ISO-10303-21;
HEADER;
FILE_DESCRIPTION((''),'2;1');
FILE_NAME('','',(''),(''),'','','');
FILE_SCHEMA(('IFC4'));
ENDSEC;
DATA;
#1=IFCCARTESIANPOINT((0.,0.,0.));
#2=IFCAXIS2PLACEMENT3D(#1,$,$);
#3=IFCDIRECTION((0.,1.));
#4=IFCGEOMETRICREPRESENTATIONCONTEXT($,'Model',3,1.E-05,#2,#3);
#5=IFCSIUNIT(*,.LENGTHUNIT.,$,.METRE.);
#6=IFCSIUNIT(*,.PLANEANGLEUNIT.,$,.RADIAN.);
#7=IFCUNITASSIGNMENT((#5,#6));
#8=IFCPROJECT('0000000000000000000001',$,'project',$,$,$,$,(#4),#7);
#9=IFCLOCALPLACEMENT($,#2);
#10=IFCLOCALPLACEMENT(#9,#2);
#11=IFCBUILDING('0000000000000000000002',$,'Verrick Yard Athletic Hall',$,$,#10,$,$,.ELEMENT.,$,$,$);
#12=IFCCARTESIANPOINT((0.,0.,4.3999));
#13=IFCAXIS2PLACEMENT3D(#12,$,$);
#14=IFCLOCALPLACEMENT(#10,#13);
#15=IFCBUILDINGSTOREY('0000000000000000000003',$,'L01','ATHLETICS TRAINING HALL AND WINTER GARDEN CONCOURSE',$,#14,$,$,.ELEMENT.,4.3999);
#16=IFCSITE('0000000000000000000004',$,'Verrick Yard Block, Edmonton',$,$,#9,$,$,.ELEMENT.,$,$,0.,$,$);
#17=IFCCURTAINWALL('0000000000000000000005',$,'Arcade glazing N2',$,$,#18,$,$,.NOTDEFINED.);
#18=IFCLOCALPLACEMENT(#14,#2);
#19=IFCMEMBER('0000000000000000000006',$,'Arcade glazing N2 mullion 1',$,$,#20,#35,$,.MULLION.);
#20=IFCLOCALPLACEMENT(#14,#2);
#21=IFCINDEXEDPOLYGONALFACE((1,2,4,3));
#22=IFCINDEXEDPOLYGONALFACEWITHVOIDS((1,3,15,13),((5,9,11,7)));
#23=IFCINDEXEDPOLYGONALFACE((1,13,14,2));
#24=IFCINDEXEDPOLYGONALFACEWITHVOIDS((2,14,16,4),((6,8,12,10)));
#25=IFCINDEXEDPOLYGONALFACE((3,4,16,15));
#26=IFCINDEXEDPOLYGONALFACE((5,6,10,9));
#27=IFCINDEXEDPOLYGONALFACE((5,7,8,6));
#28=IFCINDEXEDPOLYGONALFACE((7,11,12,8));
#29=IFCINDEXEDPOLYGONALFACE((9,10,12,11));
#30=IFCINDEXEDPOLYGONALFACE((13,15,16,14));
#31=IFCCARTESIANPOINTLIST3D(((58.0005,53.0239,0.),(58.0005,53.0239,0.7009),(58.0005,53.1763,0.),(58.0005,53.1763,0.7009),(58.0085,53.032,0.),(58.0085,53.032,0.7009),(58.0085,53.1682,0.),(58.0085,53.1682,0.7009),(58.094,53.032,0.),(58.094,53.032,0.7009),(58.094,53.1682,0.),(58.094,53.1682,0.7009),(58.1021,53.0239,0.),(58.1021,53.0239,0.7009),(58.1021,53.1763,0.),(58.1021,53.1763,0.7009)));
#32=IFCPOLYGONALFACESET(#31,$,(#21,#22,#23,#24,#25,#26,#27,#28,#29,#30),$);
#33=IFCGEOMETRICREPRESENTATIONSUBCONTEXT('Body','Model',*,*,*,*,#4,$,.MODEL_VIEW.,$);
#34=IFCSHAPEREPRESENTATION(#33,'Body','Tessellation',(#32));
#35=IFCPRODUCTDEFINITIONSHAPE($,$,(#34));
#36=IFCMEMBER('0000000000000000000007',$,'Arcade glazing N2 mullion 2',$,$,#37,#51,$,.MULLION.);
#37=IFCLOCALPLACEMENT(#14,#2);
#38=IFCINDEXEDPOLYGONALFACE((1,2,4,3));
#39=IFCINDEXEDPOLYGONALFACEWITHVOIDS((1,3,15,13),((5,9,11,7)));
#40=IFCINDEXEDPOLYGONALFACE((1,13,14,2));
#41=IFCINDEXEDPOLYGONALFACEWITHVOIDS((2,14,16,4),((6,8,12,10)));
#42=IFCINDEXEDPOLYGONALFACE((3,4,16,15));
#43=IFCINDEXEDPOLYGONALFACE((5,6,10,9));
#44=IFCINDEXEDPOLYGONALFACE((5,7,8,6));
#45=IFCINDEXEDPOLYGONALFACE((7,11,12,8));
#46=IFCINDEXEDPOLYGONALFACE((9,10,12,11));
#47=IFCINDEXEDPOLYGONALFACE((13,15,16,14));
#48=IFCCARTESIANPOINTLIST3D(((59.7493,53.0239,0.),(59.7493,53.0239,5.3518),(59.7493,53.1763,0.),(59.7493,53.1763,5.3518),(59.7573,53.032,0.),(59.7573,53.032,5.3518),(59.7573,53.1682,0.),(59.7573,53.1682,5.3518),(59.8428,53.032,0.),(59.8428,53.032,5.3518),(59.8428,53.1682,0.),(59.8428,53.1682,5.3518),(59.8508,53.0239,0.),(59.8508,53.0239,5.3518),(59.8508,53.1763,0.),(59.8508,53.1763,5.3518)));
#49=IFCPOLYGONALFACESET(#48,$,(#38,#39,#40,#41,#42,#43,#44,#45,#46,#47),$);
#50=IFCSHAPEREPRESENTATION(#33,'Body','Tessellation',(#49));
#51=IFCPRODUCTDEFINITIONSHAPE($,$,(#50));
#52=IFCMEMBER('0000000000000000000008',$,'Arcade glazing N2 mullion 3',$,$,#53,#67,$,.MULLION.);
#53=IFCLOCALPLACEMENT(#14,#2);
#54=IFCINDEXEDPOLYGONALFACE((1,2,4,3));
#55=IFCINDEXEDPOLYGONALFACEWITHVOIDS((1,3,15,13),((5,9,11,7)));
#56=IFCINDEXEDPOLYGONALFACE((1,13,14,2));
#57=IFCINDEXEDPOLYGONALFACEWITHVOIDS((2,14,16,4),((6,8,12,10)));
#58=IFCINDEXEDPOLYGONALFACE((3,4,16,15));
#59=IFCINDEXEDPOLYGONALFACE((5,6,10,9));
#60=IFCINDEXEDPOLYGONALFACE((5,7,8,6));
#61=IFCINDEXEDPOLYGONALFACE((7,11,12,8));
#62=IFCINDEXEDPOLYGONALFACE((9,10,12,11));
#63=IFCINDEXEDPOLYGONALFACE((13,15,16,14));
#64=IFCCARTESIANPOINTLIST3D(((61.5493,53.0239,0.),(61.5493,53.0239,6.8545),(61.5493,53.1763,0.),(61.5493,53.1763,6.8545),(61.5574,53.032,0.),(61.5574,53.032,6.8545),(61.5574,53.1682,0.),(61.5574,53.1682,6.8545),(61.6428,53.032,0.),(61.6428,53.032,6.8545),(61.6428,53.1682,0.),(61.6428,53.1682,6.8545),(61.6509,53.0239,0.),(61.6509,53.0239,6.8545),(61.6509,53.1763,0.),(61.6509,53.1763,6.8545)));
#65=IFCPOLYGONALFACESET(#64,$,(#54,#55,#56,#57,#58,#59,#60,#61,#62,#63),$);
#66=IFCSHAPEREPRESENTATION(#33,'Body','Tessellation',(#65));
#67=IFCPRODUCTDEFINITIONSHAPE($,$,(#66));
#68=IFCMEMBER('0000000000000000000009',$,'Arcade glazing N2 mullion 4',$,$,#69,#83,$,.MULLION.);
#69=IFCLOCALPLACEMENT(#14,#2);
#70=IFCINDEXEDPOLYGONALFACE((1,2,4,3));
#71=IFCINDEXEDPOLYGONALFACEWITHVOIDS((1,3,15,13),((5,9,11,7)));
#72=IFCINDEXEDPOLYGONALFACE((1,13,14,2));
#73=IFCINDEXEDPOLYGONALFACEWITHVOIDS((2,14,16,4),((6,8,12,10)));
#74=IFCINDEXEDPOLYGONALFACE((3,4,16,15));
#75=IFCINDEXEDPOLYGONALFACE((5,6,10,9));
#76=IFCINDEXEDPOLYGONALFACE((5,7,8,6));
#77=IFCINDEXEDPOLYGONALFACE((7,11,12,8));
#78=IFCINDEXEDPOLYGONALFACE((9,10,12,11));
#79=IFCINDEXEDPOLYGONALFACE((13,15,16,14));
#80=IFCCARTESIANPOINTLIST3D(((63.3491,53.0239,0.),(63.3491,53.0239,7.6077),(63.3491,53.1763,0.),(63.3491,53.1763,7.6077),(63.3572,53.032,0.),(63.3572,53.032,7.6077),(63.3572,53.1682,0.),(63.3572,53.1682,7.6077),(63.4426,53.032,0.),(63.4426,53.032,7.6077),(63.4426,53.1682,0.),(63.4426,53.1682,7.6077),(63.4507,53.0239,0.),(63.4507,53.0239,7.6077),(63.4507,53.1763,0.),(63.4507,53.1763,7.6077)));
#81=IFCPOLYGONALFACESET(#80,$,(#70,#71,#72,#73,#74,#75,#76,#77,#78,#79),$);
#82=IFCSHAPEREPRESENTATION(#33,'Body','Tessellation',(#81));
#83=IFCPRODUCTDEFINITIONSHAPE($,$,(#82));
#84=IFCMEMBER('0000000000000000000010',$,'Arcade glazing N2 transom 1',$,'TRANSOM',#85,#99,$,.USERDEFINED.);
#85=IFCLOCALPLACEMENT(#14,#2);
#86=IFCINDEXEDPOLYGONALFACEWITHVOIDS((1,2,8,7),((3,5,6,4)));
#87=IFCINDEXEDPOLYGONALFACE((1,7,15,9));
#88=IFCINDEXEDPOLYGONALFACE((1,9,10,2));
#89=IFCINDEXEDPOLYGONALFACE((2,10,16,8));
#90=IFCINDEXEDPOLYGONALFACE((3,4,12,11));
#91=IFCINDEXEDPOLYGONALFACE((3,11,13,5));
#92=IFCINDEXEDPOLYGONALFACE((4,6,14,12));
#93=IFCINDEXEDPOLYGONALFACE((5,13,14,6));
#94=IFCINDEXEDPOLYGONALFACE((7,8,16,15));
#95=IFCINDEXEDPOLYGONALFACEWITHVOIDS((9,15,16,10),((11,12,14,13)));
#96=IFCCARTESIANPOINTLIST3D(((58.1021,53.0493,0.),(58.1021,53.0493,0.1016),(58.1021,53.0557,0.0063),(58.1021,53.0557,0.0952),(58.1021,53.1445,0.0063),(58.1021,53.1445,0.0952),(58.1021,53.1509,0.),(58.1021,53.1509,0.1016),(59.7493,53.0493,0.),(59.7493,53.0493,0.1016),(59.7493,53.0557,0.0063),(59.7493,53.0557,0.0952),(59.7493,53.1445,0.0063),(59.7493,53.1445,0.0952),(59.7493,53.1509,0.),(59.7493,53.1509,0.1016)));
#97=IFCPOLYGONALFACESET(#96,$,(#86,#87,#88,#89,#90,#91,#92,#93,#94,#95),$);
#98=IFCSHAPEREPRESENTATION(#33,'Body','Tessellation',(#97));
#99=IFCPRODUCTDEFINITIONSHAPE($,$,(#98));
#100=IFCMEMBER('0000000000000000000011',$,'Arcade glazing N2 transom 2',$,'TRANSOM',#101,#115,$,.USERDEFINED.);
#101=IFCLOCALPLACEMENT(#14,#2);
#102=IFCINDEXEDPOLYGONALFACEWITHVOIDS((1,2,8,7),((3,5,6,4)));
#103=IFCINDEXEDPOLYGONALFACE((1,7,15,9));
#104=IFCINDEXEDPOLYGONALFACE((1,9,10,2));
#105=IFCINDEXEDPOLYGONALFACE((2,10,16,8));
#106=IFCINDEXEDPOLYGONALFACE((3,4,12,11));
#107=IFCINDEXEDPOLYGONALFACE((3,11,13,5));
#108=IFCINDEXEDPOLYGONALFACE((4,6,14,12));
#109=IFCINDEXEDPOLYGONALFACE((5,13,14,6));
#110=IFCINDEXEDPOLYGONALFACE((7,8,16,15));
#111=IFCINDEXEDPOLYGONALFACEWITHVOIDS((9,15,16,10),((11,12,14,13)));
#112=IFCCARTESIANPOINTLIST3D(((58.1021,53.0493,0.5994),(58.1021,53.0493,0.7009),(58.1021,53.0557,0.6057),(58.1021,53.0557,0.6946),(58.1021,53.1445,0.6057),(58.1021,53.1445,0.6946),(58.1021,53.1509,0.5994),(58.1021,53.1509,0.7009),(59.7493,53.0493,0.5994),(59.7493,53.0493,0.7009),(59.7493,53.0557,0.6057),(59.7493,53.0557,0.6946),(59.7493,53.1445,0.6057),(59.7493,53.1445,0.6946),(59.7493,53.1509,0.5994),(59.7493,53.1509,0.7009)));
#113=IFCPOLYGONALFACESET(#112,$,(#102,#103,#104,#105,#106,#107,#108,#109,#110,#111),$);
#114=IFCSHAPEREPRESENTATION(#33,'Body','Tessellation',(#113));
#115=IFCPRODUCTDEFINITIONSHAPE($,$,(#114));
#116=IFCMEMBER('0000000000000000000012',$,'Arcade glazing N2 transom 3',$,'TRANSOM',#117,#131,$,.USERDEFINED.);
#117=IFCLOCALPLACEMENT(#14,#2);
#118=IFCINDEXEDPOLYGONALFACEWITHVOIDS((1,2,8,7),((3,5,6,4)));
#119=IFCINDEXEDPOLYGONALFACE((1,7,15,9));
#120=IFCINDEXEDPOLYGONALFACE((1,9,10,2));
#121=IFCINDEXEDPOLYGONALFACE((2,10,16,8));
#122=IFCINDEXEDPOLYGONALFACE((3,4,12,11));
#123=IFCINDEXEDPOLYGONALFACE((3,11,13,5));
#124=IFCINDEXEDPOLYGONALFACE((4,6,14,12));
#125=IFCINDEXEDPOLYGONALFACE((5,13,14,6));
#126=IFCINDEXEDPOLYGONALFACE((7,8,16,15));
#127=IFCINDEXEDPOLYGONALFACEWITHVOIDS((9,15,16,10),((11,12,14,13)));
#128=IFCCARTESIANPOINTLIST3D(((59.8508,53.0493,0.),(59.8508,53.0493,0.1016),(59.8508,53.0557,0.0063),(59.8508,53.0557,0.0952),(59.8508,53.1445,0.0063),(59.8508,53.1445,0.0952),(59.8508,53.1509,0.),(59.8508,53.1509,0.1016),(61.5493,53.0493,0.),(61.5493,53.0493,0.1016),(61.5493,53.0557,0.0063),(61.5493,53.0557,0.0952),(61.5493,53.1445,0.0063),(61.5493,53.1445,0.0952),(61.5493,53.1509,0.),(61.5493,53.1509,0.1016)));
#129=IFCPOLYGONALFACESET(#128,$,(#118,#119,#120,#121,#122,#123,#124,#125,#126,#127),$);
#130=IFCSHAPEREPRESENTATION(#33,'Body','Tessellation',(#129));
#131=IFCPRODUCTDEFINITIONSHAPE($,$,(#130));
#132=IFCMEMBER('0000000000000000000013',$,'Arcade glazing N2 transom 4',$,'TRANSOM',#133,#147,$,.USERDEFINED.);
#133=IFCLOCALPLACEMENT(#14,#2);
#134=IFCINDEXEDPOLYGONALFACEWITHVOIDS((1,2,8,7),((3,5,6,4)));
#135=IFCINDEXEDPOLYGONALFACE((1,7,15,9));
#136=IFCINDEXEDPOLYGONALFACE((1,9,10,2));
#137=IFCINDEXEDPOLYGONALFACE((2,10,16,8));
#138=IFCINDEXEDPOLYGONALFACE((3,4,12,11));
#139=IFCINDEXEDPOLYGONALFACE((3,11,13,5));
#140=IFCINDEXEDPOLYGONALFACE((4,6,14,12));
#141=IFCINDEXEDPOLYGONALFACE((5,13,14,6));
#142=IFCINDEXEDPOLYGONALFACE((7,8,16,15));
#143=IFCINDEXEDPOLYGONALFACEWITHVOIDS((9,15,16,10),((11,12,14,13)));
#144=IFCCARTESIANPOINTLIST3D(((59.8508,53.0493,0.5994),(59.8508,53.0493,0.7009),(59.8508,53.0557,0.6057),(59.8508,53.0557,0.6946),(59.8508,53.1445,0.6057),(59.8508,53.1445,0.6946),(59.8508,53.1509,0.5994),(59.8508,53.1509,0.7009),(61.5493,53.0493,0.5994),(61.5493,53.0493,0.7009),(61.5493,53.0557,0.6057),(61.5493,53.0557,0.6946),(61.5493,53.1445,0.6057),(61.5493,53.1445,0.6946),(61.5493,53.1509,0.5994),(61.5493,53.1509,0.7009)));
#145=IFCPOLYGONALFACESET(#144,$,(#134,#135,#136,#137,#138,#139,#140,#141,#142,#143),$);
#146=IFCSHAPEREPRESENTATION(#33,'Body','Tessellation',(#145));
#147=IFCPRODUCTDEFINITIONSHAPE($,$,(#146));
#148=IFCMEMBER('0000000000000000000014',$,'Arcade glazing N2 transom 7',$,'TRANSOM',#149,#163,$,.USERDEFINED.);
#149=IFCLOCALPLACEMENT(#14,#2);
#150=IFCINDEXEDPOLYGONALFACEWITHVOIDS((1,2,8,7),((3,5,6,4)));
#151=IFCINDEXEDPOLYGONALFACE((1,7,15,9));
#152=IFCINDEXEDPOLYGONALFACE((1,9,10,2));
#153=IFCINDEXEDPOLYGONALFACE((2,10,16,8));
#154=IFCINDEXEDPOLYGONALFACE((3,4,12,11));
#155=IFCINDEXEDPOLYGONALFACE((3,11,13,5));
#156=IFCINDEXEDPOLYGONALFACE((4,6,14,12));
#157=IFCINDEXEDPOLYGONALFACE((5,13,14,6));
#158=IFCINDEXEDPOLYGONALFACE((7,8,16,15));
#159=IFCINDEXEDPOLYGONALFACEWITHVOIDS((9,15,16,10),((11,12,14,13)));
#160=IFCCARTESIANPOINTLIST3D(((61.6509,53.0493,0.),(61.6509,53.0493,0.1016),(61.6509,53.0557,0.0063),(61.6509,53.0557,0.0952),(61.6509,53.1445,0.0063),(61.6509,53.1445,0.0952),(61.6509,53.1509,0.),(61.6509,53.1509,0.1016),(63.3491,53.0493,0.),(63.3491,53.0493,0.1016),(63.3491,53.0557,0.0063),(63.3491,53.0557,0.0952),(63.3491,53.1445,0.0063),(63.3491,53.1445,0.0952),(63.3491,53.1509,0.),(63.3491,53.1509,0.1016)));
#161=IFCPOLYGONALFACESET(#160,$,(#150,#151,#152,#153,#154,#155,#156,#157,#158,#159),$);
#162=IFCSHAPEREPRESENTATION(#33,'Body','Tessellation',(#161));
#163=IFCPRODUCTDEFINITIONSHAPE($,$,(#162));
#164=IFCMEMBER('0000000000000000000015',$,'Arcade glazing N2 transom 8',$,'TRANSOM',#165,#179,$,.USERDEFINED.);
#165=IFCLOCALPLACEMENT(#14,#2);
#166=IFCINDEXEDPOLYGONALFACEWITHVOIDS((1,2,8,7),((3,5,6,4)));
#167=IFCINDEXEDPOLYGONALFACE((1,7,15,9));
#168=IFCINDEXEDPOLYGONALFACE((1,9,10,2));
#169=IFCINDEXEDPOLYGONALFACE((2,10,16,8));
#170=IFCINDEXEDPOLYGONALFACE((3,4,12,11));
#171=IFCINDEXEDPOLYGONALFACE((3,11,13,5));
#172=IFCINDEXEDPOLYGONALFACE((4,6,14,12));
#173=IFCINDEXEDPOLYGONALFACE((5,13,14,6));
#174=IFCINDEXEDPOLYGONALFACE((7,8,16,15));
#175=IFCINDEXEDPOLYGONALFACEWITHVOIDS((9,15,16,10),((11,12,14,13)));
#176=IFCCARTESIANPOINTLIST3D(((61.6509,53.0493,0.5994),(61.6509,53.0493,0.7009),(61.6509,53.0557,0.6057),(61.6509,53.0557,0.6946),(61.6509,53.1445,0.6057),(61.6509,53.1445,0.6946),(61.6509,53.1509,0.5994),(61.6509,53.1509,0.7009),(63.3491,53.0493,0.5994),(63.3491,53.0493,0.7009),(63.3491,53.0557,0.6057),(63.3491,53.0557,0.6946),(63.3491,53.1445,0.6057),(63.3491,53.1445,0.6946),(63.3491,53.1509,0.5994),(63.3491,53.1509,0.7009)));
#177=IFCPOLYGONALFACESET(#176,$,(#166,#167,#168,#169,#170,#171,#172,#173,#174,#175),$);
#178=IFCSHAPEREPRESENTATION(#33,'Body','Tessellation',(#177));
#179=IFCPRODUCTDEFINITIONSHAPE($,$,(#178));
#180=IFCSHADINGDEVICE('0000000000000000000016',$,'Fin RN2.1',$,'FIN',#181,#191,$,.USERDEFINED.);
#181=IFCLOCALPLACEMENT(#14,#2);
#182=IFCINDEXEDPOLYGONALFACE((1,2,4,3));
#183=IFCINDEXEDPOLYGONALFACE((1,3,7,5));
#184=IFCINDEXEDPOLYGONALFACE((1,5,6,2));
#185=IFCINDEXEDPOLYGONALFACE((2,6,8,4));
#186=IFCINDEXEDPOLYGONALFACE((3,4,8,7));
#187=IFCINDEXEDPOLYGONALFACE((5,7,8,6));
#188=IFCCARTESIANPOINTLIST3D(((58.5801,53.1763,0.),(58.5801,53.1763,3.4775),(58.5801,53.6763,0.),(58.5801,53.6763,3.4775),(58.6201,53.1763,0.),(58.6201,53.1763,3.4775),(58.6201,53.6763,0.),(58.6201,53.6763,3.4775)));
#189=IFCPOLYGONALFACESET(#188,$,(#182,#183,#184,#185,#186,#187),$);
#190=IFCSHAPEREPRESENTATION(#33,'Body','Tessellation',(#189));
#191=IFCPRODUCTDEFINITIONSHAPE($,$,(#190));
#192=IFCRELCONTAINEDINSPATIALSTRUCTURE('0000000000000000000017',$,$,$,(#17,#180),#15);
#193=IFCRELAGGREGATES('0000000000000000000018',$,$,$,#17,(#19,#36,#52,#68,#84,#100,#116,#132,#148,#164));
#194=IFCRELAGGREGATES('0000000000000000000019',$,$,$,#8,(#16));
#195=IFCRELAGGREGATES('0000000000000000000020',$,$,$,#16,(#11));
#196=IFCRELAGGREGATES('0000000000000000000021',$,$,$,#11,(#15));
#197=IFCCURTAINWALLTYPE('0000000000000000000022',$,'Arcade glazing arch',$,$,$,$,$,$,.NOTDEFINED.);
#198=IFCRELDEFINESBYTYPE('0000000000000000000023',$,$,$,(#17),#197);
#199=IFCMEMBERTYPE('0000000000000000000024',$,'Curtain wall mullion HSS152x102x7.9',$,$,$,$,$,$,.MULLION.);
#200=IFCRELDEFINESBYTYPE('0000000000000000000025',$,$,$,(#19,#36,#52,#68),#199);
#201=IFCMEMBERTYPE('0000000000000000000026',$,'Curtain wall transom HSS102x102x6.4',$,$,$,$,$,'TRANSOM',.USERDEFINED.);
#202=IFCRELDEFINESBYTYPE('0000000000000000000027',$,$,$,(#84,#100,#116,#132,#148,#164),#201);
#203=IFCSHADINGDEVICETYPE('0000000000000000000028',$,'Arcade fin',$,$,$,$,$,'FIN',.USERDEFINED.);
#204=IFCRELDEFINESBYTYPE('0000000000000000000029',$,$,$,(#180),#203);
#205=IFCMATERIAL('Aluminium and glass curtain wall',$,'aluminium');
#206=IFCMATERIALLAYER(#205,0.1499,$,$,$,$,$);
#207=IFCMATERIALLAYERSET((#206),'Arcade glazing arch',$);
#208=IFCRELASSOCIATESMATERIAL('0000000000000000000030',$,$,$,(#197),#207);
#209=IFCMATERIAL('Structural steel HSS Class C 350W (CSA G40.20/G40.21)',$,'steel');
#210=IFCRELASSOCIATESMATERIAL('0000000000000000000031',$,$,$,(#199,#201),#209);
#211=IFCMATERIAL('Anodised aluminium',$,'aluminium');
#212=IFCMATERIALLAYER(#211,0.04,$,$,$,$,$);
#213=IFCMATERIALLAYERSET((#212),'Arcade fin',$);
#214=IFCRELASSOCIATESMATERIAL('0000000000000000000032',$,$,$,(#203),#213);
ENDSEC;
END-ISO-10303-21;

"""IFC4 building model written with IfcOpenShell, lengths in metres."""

from ifc_helpers import new_model, si_unit, direction, frame, origin, origin_2d, place, context, subcontext, project, spatial, polyline, hollow_rectangle, outline, extrude, material, layer, layer_set, material_profile, profile_set, type_object, element, aggregate, save


model = new_model("IFC4")

# Units and contexts
model_context = context("Model", 3, precision=1e-05, world=origin(), true_north=direction((0.0, 1.0)))
body_context = subcontext(model_context, "Body", "Model", "MODEL_VIEW")
ifc_project = project(units=[si_unit("LENGTHUNIT", "METRE"), si_unit("PLANEANGLEUNIT", "RADIAN")], contexts=[model_context])

# Site, building, storey
site_placement = place(None, origin())
site = spatial("IfcSite", under=ifc_project, at=site_placement, Name="Verrick Yard Block, Edmonton", CompositionType="ELEMENT", RefElevation=0.0)
building_placement = place(site_placement, origin())
building = spatial("IfcBuilding", under=site, at=building_placement, Name="Verrick Yard Athletic Hall", CompositionType="ELEMENT")
storey_placement = place(building_placement, frame((0.0, 0.0, 4.3999)))
storey = spatial("IfcBuildingStorey", under=building, at=storey_placement, Name="L01", Description="ATHLETICS TRAINING HALL AND WINTER GARDEN CONCOURSE", CompositionType="ELEMENT", Elevation=4.3999)

# Curtain wall, members
ifc_material_1 = material(Name="Aluminium and glass curtain wall", Category="aluminium")
ifc_layer_1 = layer(ifc_material_1, 0.1499)
ifc_layer_set_1 = layer_set([ifc_layer_1], Name="Arcade glazing arch")
curtain_wall_type = type_object("IfcCurtainWallType", Name="Arcade glazing arch", PredefinedType="NOTDEFINED", material=ifc_layer_set_1)
curtain_wall_placement = place(storey_placement, origin())
curtain_wall = element("IfcCurtainWall", 1, at=curtain_wall_placement, inside=storey, type_object=curtain_wall_type, Name="Arcade glazing N2", PredefinedType="NOTDEFINED")
ifc_material_2 = material(Name="Structural steel HSS Class C 350W (CSA G40.20/G40.21)", Category="steel")
ifc_material_profile_1 = material_profile(ifc_material_2, hollow_rectangle(XDim=0.1016, YDim=0.1523, WallThickness=0.0081, at=origin_2d()), Name="HSS152x102x7.9")
ifc_profile_set_1 = profile_set([ifc_material_profile_1], Name="Structural steel HSS Class C 350W (CSA G40.20/G40.21)")
member_type_1 = type_object("IfcMemberType", Name="Curtain wall mullion HSS152x102x7.9", PredefinedType="MULLION", material=ifc_profile_set_1)
member_1_placement = place(storey_placement, frame((58.0513, 53.1001, 0.0), z_axis=(0.0, 0.0, 1.0), x_axis=(1.0, 0.0, 0.0)))
member_1 = element("IfcMember", 2, at=member_1_placement, type_object=member_type_1, Name="Arcade glazing N2 mullion 1", PredefinedType="MULLION", context=body_context, shape_type="SweptSolid", body=[
    extrude(hollow_rectangle(XDim=0.1016, YDim=0.1523, WallThickness=0.0081, at=origin_2d()), origin(), (0.0, 0.0, 1.0), 0.7009),
])
member_2_placement = place(storey_placement, frame((59.8, 53.1001, 0.0), z_axis=(0.0, 0.0, 1.0), x_axis=(1.0, 0.0, 0.0)))
member_2 = element("IfcMember", 3, at=member_2_placement, type_object=member_type_1, Name="Arcade glazing N2 mullion 2", PredefinedType="MULLION", context=body_context, shape_type="SweptSolid", body=[
    extrude(hollow_rectangle(XDim=0.1016, YDim=0.1523, WallThickness=0.0081, at=origin_2d()), origin(), (0.0, 0.0, 1.0), 5.3518),
])
member_3_placement = place(storey_placement, frame((61.6001, 53.1001, 0.0), z_axis=(0.0, 0.0, 1.0), x_axis=(1.0, 0.0, 0.0)))
member_3 = element("IfcMember", 4, at=member_3_placement, type_object=member_type_1, Name="Arcade glazing N2 mullion 3", PredefinedType="MULLION", context=body_context, shape_type="SweptSolid", body=[
    extrude(hollow_rectangle(XDim=0.1016, YDim=0.1523, WallThickness=0.0081, at=origin_2d()), origin(), (0.0, 0.0, 1.0), 6.8545),
])
member_4_placement = place(storey_placement, frame((63.3999, 53.1001, 0.0), z_axis=(0.0, 0.0, 1.0), x_axis=(1.0, 0.0, 0.0)))
member_4 = element("IfcMember", 5, at=member_4_placement, type_object=member_type_1, Name="Arcade glazing N2 mullion 4", PredefinedType="MULLION", context=body_context, shape_type="SweptSolid", body=[
    extrude(hollow_rectangle(XDim=0.1016, YDim=0.1523, WallThickness=0.0081, at=origin_2d()), origin(), (0.0, 0.0, 1.0), 7.6077),
])
ifc_material_profile_2 = material_profile(ifc_material_2, hollow_rectangle(XDim=0.1016, YDim=0.1016, WallThickness=0.0063, at=origin_2d()), Name="HSS102x102x6.4")
ifc_profile_set_2 = profile_set([ifc_material_profile_2], Name="Structural steel HSS Class C 350W (CSA G40.20/G40.21)")
member_type_2 = type_object("IfcMemberType", Name="Curtain wall transom HSS102x102x6.4", ElementType="TRANSOM", PredefinedType="USERDEFINED", material=ifc_profile_set_2)
member_5_placement = place(storey_placement, frame((58.1021, 53.1001, 0.0508), z_axis=(1.0, 0.0, 0.0), x_axis=(0.0, 1.0, 0.0)))
member_5 = element("IfcMember", 6, at=member_5_placement, type_object=member_type_2, Name="Arcade glazing N2 transom 1", ObjectType="TRANSOM", PredefinedType="USERDEFINED", context=body_context, shape_type="SweptSolid", body=[
    extrude(hollow_rectangle(XDim=0.1016, YDim=0.1016, WallThickness=0.0063, at=origin_2d()), origin(), (0.0, 0.0, 1.0), 1.6472),
])
member_6_placement = place(storey_placement, frame((58.1021, 53.1001, 0.6501), z_axis=(1.0, 0.0, 0.0), x_axis=(0.0, 1.0, 0.0)))
member_6 = element("IfcMember", 7, at=member_6_placement, type_object=member_type_2, Name="Arcade glazing N2 transom 2", ObjectType="TRANSOM", PredefinedType="USERDEFINED", context=body_context, shape_type="SweptSolid", body=[
    extrude(hollow_rectangle(XDim=0.1016, YDim=0.1016, WallThickness=0.0063, at=origin_2d()), origin(), (0.0, 0.0, 1.0), 1.6472),
])
member_7_placement = place(storey_placement, frame((59.8508, 53.1001, 0.0508), z_axis=(1.0, 0.0, 0.0), x_axis=(0.0, 1.0, 0.0)))
member_7 = element("IfcMember", 8, at=member_7_placement, type_object=member_type_2, Name="Arcade glazing N2 transom 3", ObjectType="TRANSOM", PredefinedType="USERDEFINED", context=body_context, shape_type="SweptSolid", body=[
    extrude(hollow_rectangle(XDim=0.1016, YDim=0.1016, WallThickness=0.0063, at=origin_2d()), origin(), (0.0, 0.0, 1.0), 1.6985),
])
member_8_placement = place(storey_placement, frame((59.8508, 53.1001, 0.6501), z_axis=(1.0, 0.0, 0.0), x_axis=(0.0, 1.0, 0.0)))
member_8 = element("IfcMember", 9, at=member_8_placement, type_object=member_type_2, Name="Arcade glazing N2 transom 4", ObjectType="TRANSOM", PredefinedType="USERDEFINED", context=body_context, shape_type="SweptSolid", body=[
    extrude(hollow_rectangle(XDim=0.1016, YDim=0.1016, WallThickness=0.0063, at=origin_2d()), origin(), (0.0, 0.0, 1.0), 1.6985),
])
member_9_placement = place(storey_placement, frame((61.6509, 53.1001, 0.0508), z_axis=(1.0, 0.0, 0.0), x_axis=(0.0, 1.0, 0.0)))
member_9 = element("IfcMember", 10, at=member_9_placement, type_object=member_type_2, Name="Arcade glazing N2 transom 7", ObjectType="TRANSOM", PredefinedType="USERDEFINED", context=body_context, shape_type="SweptSolid", body=[
    extrude(hollow_rectangle(XDim=0.1016, YDim=0.1016, WallThickness=0.0063, at=origin_2d()), origin(), (0.0, 0.0, 1.0), 1.6982),
])
member_10_placement = place(storey_placement, frame((61.6509, 53.1001, 0.6501), z_axis=(1.0, 0.0, 0.0), x_axis=(0.0, 1.0, 0.0)))
member_10 = element("IfcMember", 11, at=member_10_placement, type_object=member_type_2, Name="Arcade glazing N2 transom 8", ObjectType="TRANSOM", PredefinedType="USERDEFINED", context=body_context, shape_type="SweptSolid", body=[
    extrude(hollow_rectangle(XDim=0.1016, YDim=0.1016, WallThickness=0.0063, at=origin_2d()), origin(), (0.0, 0.0, 1.0), 1.6982),
])
aggregate(curtain_wall, [member_1, member_2, member_3, member_4, member_5, member_6, member_7, member_8, member_9, member_10])

# Shading device
ifc_material_3 = material(Name="Anodised aluminium", Category="aluminium")
ifc_layer_2 = layer(ifc_material_3, 0.04)
ifc_layer_set_2 = layer_set([ifc_layer_2], Name="Arcade fin")
shading_device_type = type_object("IfcShadingDeviceType", Name="Arcade fin", ElementType="FIN", PredefinedType="USERDEFINED", material=ifc_layer_set_2)
shading_device_1_placement = place(storey_placement, frame((58.6001, 53.1763, 0.0), z_axis=(0.0, 0.0, 1.0), x_axis=(0.0, 1.0, 0.0)))
element("IfcShadingDevice", 12, at=shading_device_1_placement, inside=storey, type_object=shading_device_type, Name="Fin RN2.1", ObjectType="FIN", PredefinedType="USERDEFINED", context=body_context, shape_type="SweptSolid", body=[
    extrude(outline(polyline([(0.0, 0.0), (0.5, 0.0), (0.5, 3.4775), (0.0, 3.4775), (0.0, 0.0)])), frame((0.0, 0.02, 0.0), z_axis=(0.0, -1.0, 0.0), x_axis=(1.0, 0.0, 0.0)), (0.0, 0.0, 1.0), 0.04),
])

save(model, "model.ifc")
